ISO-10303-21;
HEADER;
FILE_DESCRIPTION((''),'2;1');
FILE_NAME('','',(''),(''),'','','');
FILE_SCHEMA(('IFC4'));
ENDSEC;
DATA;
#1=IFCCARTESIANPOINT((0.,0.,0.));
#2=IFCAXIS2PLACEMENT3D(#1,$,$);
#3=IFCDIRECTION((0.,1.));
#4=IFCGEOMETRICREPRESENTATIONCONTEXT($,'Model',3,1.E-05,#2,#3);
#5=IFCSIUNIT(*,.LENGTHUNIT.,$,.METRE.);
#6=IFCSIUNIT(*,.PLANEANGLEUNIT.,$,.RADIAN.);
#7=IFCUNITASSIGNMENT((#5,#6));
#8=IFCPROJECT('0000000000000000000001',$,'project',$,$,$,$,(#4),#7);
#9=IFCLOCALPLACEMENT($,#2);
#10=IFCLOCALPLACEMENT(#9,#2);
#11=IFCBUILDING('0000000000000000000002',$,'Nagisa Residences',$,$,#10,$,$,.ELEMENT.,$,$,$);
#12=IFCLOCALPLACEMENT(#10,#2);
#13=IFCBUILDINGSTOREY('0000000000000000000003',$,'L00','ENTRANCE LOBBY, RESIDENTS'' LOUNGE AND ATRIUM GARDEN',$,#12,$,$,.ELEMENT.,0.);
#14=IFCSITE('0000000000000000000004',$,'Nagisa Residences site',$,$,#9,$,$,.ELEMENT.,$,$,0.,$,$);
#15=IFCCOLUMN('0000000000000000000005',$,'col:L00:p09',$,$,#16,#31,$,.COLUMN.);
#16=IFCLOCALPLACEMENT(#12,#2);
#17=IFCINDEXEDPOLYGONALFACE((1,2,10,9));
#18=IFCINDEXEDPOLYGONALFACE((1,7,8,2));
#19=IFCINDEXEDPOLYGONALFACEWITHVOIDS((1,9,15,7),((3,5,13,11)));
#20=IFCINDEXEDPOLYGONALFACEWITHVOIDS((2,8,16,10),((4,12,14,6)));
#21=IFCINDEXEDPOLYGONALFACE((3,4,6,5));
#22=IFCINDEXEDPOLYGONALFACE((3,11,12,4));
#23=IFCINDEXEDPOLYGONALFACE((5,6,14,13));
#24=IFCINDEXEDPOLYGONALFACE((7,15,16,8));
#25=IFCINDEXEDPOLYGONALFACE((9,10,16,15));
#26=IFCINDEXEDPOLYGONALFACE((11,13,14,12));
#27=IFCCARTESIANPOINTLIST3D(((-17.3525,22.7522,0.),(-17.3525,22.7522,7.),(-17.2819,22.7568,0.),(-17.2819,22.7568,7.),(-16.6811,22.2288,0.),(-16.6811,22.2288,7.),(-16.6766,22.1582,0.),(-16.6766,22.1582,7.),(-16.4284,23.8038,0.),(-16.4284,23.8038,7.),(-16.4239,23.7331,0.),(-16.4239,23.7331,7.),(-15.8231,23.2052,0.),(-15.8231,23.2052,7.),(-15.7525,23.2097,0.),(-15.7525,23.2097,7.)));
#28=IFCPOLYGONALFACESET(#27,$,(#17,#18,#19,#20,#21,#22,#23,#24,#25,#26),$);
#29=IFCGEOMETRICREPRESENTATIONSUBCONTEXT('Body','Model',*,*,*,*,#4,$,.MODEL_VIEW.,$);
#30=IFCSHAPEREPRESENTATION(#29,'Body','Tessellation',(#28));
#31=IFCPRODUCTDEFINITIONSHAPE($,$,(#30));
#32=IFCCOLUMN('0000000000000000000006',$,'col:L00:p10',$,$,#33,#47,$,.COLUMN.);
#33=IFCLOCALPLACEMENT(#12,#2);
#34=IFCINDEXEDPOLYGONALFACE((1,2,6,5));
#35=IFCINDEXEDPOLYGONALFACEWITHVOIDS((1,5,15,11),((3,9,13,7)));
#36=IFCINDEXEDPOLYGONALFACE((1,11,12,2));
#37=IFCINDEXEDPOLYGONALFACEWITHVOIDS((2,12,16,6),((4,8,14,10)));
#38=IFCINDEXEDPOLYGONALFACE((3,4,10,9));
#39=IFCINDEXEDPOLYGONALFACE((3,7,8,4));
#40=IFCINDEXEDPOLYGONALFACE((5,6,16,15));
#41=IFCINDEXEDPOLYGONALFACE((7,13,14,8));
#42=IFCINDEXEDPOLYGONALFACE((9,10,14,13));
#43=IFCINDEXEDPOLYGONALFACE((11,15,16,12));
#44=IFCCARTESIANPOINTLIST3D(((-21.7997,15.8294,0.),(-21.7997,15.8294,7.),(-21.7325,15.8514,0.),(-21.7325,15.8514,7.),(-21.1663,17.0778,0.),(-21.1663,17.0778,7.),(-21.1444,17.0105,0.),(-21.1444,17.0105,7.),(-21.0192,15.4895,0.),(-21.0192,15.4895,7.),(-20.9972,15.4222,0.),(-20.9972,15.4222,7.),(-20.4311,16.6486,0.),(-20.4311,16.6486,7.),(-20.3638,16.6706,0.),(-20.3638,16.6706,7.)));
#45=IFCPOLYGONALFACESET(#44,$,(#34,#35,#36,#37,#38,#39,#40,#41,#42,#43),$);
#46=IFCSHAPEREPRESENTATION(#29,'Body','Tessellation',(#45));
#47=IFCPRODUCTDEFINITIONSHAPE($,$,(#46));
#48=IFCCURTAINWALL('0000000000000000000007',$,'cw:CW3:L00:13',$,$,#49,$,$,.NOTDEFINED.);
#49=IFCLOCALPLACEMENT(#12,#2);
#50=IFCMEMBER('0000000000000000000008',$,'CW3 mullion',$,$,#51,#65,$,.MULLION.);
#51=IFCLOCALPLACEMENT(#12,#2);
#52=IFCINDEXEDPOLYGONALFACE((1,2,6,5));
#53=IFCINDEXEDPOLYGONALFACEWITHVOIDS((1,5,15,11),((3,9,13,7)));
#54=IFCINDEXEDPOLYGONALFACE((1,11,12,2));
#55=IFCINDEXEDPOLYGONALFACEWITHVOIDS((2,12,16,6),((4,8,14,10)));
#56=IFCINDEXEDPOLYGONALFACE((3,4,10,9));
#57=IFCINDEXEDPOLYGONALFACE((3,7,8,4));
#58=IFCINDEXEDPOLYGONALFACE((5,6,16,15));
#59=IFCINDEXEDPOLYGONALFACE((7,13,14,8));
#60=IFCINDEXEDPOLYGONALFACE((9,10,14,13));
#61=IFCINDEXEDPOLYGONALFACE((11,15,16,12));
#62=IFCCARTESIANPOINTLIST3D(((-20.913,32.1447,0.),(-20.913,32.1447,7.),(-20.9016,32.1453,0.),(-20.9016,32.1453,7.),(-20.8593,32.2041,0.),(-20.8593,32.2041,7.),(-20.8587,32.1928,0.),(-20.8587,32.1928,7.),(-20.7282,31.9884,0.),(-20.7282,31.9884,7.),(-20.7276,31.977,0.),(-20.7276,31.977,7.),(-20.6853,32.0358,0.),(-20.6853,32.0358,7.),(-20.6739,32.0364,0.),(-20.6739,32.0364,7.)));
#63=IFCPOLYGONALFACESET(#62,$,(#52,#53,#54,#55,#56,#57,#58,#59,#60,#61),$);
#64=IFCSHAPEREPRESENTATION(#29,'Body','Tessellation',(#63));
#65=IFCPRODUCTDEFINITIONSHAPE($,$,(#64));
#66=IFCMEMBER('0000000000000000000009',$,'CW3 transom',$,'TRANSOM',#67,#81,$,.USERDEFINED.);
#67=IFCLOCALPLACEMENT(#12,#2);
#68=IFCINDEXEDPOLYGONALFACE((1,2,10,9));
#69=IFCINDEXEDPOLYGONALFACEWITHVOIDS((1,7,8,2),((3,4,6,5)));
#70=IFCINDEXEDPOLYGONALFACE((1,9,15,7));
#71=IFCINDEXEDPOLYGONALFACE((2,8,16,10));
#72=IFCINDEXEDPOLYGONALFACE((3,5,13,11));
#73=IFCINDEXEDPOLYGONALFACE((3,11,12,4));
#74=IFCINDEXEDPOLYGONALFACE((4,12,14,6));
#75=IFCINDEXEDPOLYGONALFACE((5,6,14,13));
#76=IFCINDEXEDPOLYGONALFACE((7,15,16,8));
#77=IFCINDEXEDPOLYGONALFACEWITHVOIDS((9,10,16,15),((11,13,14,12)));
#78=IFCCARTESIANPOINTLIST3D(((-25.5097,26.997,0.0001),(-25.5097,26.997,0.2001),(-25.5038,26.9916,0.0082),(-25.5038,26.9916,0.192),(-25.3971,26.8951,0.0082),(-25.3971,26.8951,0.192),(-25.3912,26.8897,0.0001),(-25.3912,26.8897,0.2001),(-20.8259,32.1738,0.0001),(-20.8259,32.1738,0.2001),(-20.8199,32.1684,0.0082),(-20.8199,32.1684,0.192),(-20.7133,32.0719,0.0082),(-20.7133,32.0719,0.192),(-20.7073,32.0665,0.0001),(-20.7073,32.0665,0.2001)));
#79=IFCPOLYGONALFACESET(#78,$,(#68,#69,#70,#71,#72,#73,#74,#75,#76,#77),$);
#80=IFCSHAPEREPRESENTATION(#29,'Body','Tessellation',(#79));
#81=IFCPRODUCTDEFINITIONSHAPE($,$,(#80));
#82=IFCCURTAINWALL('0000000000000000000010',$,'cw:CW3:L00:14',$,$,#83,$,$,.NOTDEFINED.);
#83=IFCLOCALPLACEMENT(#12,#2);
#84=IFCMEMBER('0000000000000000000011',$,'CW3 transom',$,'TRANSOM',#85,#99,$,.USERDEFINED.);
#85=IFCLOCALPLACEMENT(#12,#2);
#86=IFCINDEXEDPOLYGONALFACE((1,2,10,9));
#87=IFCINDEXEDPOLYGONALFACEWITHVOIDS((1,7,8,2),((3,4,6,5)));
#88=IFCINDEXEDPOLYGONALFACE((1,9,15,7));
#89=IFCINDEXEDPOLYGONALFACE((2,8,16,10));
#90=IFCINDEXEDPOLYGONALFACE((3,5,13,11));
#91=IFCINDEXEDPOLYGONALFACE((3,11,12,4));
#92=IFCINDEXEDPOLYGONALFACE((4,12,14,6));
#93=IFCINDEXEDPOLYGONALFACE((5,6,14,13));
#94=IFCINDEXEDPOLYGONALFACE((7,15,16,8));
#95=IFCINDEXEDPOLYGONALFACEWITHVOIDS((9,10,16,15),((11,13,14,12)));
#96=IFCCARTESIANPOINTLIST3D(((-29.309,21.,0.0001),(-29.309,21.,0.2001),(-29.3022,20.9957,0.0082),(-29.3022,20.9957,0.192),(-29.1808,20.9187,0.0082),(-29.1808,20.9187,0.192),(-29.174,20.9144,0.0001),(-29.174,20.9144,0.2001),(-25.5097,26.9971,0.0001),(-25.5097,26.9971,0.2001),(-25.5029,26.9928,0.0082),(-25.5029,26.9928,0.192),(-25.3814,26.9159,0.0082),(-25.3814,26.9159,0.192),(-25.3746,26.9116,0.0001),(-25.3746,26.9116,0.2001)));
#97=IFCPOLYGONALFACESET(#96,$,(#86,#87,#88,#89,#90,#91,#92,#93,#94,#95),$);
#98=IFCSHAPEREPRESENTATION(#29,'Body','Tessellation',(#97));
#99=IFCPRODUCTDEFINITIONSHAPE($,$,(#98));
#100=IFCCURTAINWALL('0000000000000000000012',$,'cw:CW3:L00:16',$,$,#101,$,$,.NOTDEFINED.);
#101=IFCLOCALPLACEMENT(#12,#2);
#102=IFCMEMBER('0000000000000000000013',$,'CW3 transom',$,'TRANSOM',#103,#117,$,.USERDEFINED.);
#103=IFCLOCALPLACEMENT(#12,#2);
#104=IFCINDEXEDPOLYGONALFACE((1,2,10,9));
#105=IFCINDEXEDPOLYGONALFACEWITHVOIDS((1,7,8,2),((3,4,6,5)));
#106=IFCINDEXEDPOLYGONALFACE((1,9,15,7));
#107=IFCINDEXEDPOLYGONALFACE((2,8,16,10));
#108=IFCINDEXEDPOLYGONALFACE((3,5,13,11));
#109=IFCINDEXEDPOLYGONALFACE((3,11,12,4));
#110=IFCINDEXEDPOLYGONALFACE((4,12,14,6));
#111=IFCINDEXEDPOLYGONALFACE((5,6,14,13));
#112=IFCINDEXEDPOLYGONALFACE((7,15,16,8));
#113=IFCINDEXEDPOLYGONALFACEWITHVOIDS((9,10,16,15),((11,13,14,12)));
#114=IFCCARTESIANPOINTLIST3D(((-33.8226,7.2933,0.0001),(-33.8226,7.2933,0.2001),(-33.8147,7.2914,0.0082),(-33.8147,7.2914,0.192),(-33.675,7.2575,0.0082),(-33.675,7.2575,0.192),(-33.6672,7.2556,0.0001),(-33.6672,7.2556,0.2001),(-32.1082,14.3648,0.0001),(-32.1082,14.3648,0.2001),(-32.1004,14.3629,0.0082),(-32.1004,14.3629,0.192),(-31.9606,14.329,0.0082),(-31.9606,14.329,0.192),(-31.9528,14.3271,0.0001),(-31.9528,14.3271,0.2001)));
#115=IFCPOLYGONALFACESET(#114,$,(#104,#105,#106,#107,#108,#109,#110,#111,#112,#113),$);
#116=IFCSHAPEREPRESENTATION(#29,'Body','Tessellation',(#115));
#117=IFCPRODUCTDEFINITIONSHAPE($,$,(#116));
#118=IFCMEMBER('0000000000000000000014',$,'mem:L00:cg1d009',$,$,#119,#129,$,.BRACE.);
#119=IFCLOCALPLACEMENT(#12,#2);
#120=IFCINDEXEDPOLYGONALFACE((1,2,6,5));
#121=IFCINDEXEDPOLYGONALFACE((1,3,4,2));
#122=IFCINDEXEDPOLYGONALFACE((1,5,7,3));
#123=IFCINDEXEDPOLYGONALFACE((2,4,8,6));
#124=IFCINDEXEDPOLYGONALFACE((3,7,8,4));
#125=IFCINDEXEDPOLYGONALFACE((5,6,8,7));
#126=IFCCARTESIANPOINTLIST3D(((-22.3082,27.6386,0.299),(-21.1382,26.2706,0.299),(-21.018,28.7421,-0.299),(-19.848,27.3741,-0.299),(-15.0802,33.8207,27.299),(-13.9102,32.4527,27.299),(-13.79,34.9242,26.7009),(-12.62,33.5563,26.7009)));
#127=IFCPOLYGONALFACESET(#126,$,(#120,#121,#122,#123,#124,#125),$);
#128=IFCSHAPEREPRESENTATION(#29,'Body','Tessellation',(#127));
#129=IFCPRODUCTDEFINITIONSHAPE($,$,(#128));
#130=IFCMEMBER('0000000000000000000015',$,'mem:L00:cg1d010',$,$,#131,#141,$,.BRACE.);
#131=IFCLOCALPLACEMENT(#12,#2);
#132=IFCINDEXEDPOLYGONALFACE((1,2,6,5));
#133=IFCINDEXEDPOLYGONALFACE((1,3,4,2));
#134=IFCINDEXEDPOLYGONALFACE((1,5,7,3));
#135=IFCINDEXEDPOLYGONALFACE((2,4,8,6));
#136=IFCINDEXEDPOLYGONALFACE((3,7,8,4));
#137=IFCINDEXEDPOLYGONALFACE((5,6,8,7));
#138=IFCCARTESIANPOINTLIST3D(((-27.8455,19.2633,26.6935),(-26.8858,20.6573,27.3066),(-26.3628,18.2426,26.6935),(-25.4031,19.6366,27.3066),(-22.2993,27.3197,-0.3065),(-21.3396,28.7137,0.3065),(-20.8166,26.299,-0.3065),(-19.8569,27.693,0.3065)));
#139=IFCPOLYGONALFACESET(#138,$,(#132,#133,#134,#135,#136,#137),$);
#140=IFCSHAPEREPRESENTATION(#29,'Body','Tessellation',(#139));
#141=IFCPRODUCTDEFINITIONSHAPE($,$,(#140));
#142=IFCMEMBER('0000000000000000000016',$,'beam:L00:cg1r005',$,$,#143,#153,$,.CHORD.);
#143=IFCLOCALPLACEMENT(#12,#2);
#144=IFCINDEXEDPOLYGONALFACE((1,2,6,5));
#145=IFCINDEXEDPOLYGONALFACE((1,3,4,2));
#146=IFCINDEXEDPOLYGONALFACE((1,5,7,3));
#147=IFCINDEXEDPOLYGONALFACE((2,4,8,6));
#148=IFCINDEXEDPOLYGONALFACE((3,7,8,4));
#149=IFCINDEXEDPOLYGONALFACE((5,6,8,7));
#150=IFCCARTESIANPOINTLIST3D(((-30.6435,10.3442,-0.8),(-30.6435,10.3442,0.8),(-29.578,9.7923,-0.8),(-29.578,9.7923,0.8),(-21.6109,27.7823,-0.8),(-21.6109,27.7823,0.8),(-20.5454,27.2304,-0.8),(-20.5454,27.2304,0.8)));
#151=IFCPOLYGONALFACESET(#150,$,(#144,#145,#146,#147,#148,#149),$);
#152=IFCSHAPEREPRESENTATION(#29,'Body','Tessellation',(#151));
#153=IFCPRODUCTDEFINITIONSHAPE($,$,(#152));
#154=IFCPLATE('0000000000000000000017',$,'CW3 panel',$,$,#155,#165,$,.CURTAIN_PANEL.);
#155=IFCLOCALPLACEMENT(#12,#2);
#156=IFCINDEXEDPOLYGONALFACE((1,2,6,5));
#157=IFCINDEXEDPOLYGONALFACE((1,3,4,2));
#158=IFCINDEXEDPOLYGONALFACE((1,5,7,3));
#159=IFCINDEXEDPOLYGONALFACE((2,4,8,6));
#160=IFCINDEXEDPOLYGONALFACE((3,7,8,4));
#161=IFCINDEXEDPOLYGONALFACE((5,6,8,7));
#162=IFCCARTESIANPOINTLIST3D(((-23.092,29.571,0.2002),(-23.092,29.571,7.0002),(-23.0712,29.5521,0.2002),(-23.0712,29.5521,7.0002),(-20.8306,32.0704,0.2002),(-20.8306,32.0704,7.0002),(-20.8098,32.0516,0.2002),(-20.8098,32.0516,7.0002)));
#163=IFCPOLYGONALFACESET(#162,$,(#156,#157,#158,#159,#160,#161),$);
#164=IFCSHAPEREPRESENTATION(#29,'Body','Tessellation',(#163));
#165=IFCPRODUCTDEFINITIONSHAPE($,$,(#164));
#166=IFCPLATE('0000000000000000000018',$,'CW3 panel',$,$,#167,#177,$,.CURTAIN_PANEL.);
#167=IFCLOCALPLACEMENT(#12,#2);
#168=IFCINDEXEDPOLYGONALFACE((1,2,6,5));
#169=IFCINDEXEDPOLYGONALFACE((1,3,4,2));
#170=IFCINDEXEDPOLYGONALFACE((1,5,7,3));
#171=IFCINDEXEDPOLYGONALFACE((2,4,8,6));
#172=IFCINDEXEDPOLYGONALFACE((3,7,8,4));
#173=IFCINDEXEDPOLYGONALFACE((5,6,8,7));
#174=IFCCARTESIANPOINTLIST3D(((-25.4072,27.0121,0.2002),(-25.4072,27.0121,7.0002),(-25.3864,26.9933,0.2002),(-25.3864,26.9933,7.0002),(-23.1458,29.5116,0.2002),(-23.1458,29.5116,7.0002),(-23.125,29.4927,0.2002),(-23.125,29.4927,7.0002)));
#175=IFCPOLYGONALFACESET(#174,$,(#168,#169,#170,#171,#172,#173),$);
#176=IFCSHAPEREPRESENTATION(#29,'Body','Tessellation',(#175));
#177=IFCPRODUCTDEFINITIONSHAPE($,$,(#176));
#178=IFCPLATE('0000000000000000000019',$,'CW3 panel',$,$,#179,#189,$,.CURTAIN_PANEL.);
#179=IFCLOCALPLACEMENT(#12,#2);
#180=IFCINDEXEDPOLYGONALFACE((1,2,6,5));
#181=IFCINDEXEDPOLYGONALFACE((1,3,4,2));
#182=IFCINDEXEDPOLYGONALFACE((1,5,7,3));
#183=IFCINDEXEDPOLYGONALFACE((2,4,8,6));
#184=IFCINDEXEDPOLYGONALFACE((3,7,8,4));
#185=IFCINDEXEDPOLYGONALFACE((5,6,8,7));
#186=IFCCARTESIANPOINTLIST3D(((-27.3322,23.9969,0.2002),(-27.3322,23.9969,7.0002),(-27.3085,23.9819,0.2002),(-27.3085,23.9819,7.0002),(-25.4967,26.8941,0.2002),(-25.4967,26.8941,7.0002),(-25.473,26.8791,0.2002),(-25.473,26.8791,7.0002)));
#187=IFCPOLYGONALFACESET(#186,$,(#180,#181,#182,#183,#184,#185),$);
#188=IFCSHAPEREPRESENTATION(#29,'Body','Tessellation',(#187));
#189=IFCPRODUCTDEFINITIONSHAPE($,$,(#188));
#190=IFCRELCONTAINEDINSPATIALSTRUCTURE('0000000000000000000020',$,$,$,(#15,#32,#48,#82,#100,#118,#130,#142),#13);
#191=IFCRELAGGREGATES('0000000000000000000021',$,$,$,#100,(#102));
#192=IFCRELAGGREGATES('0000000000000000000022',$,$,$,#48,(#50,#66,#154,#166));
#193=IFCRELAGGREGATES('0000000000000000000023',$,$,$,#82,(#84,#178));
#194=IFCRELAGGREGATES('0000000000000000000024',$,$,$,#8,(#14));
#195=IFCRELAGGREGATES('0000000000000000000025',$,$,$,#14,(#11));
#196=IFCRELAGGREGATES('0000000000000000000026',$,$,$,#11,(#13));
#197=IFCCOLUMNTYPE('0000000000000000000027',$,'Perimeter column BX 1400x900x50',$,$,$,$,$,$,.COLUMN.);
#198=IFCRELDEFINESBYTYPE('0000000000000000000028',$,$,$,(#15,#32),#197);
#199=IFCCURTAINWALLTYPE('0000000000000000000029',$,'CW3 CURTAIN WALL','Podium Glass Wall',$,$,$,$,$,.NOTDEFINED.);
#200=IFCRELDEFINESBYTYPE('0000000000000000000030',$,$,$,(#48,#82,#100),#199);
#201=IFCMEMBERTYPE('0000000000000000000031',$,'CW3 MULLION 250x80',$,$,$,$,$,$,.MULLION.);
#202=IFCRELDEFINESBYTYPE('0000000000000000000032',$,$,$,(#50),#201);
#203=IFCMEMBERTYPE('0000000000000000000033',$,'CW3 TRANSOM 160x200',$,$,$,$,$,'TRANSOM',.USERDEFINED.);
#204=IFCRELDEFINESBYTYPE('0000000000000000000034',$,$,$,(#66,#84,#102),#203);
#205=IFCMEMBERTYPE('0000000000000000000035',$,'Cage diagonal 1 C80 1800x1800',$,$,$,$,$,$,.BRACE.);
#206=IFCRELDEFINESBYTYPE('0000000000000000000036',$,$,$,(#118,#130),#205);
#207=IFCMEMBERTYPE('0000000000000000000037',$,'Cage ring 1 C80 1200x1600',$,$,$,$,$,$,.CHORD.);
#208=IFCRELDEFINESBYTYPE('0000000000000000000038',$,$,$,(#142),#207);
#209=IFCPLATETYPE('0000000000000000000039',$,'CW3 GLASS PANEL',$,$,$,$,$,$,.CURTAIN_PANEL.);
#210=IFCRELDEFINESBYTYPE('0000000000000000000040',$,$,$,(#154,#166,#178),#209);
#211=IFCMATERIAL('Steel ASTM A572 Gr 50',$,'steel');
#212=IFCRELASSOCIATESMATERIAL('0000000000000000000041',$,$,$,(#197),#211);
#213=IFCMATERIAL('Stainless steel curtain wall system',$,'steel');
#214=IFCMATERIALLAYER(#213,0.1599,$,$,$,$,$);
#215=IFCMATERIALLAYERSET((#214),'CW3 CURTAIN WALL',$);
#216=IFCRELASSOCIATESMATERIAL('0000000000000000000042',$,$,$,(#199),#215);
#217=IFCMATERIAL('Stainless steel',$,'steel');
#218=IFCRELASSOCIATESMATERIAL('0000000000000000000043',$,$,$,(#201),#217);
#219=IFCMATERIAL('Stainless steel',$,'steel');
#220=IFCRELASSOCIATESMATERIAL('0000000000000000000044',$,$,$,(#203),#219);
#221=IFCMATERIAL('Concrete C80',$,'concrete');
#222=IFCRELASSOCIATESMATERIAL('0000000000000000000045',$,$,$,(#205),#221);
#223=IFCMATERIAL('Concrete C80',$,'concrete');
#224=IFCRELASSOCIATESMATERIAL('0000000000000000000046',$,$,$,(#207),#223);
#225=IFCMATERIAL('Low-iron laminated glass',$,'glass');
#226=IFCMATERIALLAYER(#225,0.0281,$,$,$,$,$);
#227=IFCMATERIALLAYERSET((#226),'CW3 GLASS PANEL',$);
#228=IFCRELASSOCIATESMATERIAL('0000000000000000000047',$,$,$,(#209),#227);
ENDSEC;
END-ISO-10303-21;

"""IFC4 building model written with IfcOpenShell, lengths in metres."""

from ifc_helpers import new_model, si_unit, direction, frame, origin, origin_2d, place, context, subcontext, project, spatial, rectangle, hollow_rectangle, extrude, material, layer, layer_set, material_profile, profile_set, type_object, element, aggregate, save


model = new_model("IFC4")

# Units and contexts
model_context = context("Model", 3, precision=1e-05, world=origin(), true_north=direction((0.0, 1.0)))
body_context = subcontext(model_context, "Body", "Model", "MODEL_VIEW")
ifc_project = project(units=[si_unit("LENGTHUNIT", "METRE"), si_unit("PLANEANGLEUNIT", "RADIAN")], contexts=[model_context])

# Site, building, storey
site_placement = place(None, origin())
site = spatial("IfcSite", under=ifc_project, at=site_placement, Name="Nagisa Residences site", CompositionType="ELEMENT", RefElevation=0.0)
building_placement = place(site_placement, origin())
building = spatial("IfcBuilding", under=site, at=building_placement, Name="Nagisa Residences", CompositionType="ELEMENT")
storey_placement = place(building_placement, origin())
storey = spatial("IfcBuildingStorey", under=building, at=storey_placement, Name="L00", Description="ENTRANCE LOBBY, RESIDENTS' LOUNGE AND ATRIUM GARDEN", CompositionType="ELEMENT", Elevation=0.0)

# Columns
ifc_material_1 = material(Name="Steel ASTM A572 Gr 50", Category="steel")
ifc_material_profile_1 = material_profile(ifc_material_1, hollow_rectangle(XDim=1.3999, YDim=0.8999, WallThickness=0.05, at=origin_2d()), Name="BX 1400x900x50")
ifc_profile_set_1 = profile_set([ifc_material_profile_1], Name="Steel ASTM A572 Gr 50")
column_type = type_object("IfcColumnType", Name="Perimeter column BX 1400x900x50", PredefinedType="COLUMN", material=ifc_profile_set_1)
for number, where, z_axis, x_axis, name in (
    (1, (-16.5525, 22.981, 0.0), (0.0, 0.0, 1.0), (-0.660115, -0.751165, 0.0), "col:L00:p09"),
    (2, (-21.0818, 16.25, 0.0), (0.0, 0.0, 1.0), (-0.452463, -0.891783, 0.0), "col:L00:p10"),
):
    element("IfcColumn", number, at=place(storey_placement, frame(where, z_axis=z_axis, x_axis=x_axis)), inside=storey, type_object=column_type, Name=name, PredefinedType="COLUMN", context=body_context, shape_type="SweptSolid", body=[
        extrude(hollow_rectangle(XDim=1.3999, YDim=0.8999, WallThickness=0.05, at=origin_2d()), origin(), (0.0, 0.0, 1.0), 7.0),
    ])

# Curtain wall, members
ifc_material_2 = material(Name="Stainless steel curtain wall system", Category="steel")
ifc_layer_1 = layer(ifc_material_2, 0.1599)
ifc_layer_set_1 = layer_set([ifc_layer_1], Name="CW3 CURTAIN WALL")
curtain_wall_type = type_object("IfcCurtainWallType", Name="CW3 CURTAIN WALL", Description="Podium Glass Wall", PredefinedType="NOTDEFINED", material=ifc_layer_set_1)
curtain_wall_1_placement = place(storey_placement, origin())
curtain_wall_1 = element("IfcCurtainWall", 3, at=curtain_wall_1_placement, inside=storey, type_object=curtain_wall_type, Name="cw:CW3:L00:13", PredefinedType="NOTDEFINED")
ifc_material_3 = material(Name="Stainless steel", Category="steel")
ifc_material_profile_2 = material_profile(ifc_material_3, hollow_rectangle(XDim=0.25, YDim=0.0801, WallThickness=0.0081, at=origin_2d()), Name="CW3 MULLION 250x80")
ifc_profile_set_2 = profile_set([ifc_material_profile_2], Name="Stainless steel")
member_type_1 = type_object("IfcMemberType", Name="CW3 MULLION 250x80", PredefinedType="MULLION", material=ifc_profile_set_2)
member_1_placement = place(storey_placement, frame((-20.7935, 32.0906, 0.0), z_axis=(0.0, 0.0, 1.0), x_axis=(0.741536, -0.670913, 0.0)))
member_1 = element("IfcMember", 4, at=member_1_placement, type_object=member_type_1, Name="CW3 mullion", PredefinedType="MULLION", context=body_context, shape_type="SweptSolid", body=[
    extrude(hollow_rectangle(XDim=0.25, YDim=0.0801, WallThickness=0.0081, at=origin_2d()), origin(), (0.0, 0.0, 1.0), 7.0),
])
ifc_material_4 = material(Name="Stainless steel", Category="steel")
ifc_material_profile_3 = material_profile(ifc_material_4, hollow_rectangle(XDim=0.1599, YDim=0.2, WallThickness=0.0081, at=origin_2d()), Name="CW3 TRANSOM 160x200")
ifc_profile_set_3 = profile_set([ifc_material_profile_3], Name="Stainless steel")
member_type_2 = type_object("IfcMemberType", Name="CW3 TRANSOM 160x200", ElementType="TRANSOM", PredefinedType="USERDEFINED", material=ifc_profile_set_3)
member_2_placement = place(storey_placement, frame((-20.7666, 32.1201, 0.1001), z_axis=(-0.670922, -0.741528, 0.0), x_axis=(0.741528, -0.670922, 0.0)))
member_2 = element("IfcMember", 5, at=member_2_placement, type_object=member_type_2, Name="CW3 transom", ObjectType="TRANSOM", PredefinedType="USERDEFINED", context=body_context, shape_type="SweptSolid", body=[
    extrude(hollow_rectangle(XDim=0.1599, YDim=0.2, WallThickness=0.0081, at=origin_2d()), origin(), (0.0, 0.0, 1.0), 6.9812),
])

# Curtain walls, members
curtain_wall_2_placement = place(storey_placement, origin())
curtain_wall_2 = element("IfcCurtainWall", 6, at=curtain_wall_2_placement, inside=storey, type_object=curtain_wall_type, Name="cw:CW3:L00:14", PredefinedType="NOTDEFINED")
member_3_placement = place(storey_placement, frame((-25.4421, 26.9543, 0.1001), z_axis=(-0.53517, -0.844744, 0.0), x_axis=(0.844744, -0.53517, 0.0)))
member_3 = element("IfcMember", 7, at=member_3_placement, type_object=member_type_2, Name="CW3 transom", ObjectType="TRANSOM", PredefinedType="USERDEFINED", context=body_context, shape_type="SweptSolid", body=[
    extrude(hollow_rectangle(XDim=0.1599, YDim=0.2, WallThickness=0.0081, at=origin_2d()), origin(), (0.0, 0.0, 1.0), 7.0994),
])
curtain_wall_3_placement = place(storey_placement, origin())
curtain_wall_3 = element("IfcCurtainWall", 8, at=curtain_wall_3_placement, inside=storey, type_object=curtain_wall_type, Name="cw:CW3:L00:16", PredefinedType="NOTDEFINED")
member_4_placement = place(storey_placement, frame((-32.0305, 14.3459, 0.1001), z_axis=(-0.235606, -0.971849, 0.0), x_axis=(0.971849, -0.235606, 0.0)))
member_4 = element("IfcMember", 9, at=member_4_placement, type_object=member_type_2, Name="CW3 transom", ObjectType="TRANSOM", PredefinedType="USERDEFINED", context=body_context, shape_type="SweptSolid", body=[
    extrude(hollow_rectangle(XDim=0.1599, YDim=0.2, WallThickness=0.0081, at=origin_2d()), origin(), (0.0, 0.0, 1.0), 7.2764),
])
aggregate(curtain_wall_3, [member_4])

# Members
ifc_material_5 = material(Name="Concrete C80", Category="concrete")
ifc_material_profile_4 = material_profile(ifc_material_5, rectangle(XDim=1.8, YDim=1.8, at=origin_2d()), Name="C80 1800x1800")
ifc_profile_set_4 = profile_set([ifc_material_profile_4], Name="Concrete C80")
member_type_3 = type_object("IfcMemberType", Name="Cage diagonal 1 C80 1800x1800", PredefinedType="BRACE", material=ifc_profile_set_4)
member_5_placement = place(storey_placement, frame((-21.0781, 27.5063, 0.0), z_axis=(0.252496, 0.21596, 0.94319), x_axis=(-0.649983, 0.759948, 0.0)))
element("IfcMember", 10, at=member_5_placement, inside=storey, type_object=member_type_3, Name="mem:L00:cg1d009", PredefinedType="BRACE", context=body_context, shape_type="SweptSolid", body=[
    extrude(rectangle(XDim=1.8, YDim=1.8, at=origin_2d()), origin(), (0.0, 0.0, 1.0), 28.6262),
])
member_6_placement = place(storey_placement, frame((-21.0781, 27.5063, 0.0), z_axis=(-0.193131, -0.280545, 0.94021), x_axis=(0.82369, -0.56704, 0.0)))
element("IfcMember", 11, at=member_6_placement, inside=storey, type_object=member_type_3, Name="mem:L00:cg1d010", PredefinedType="BRACE", context=body_context, shape_type="SweptSolid", body=[
    extrude(rectangle(XDim=1.8, YDim=1.8, at=origin_2d()), origin(), (0.0, 0.0, 1.0), 28.717),
])
ifc_material_6 = material(Name="Concrete C80", Category="concrete")
ifc_material_profile_5 = material_profile(ifc_material_6, rectangle(XDim=1.2, YDim=1.6001, at=origin_2d()), Name="C80 1200x1600")
ifc_profile_set_5 = profile_set([ifc_material_profile_5], Name="Concrete C80")
member_type_4 = type_object("IfcMemberType", Name="Cage ring 1 C80 1200x1600", PredefinedType="CHORD", material=ifc_profile_set_5)
member_7_placement = place(storey_placement, frame((-21.0781, 27.5063, 0.0), z_axis=(-0.459943, -0.887949, 0.0), x_axis=(0.887949, -0.459943, 0.0)))
element("IfcMember", 12, at=member_7_placement, inside=storey, type_object=member_type_4, Name="beam:L00:cg1r005", PredefinedType="CHORD", context=body_context, shape_type="SweptSolid", body=[
    extrude(rectangle(XDim=1.2, YDim=1.6001, at=origin_2d()), origin(), (0.0, 0.0, 1.0), 19.6387),
])

# Plates
ifc_material_7 = material(Name="Low-iron laminated glass", Category="glass")
ifc_layer_2 = layer(ifc_material_7, 0.0281)
ifc_layer_set_2 = layer_set([ifc_layer_2], Name="CW3 GLASS PANEL")
plate_type = type_object("IfcPlateType", Name="CW3 GLASS PANEL", PredefinedType="CURTAIN_PANEL", material=ifc_layer_set_2)
plate_1_placement = place(storey_placement, frame((-21.9509, 30.8113, 0.2002), z_axis=(0.0, 0.0, 1.0), x_axis=(-0.670913, -0.741536, 0.0)))
plate_1 = element("IfcPlate", 13, at=plate_1_placement, type_object=plate_type, Name="CW3 panel", PredefinedType="CURTAIN_PANEL", context=body_context, shape_type="SweptSolid", body=[
    extrude(rectangle(XDim=3.3706, YDim=0.0281, at=origin_2d()), origin(), (0.0, 0.0, 1.0), 6.8),
])
plate_2_placement = place(storey_placement, frame((-24.2661, 28.2524, 0.2002), z_axis=(0.0, 0.0, 1.0), x_axis=(-0.670913, -0.741536, 0.0)))
plate_2 = element("IfcPlate", 14, at=plate_2_placement, type_object=plate_type, Name="CW3 panel", PredefinedType="CURTAIN_PANEL", context=body_context, shape_type="SweptSolid", body=[
    extrude(rectangle(XDim=3.3706, YDim=0.0281, at=origin_2d()), origin(), (0.0, 0.0, 1.0), 6.8),
])
aggregate(curtain_wall_1, [member_1, member_2, plate_1, plate_2])
plate_3_placement = place(storey_placement, frame((-26.4026, 25.438, 0.2002), z_axis=(0.0, 0.0, 1.0), x_axis=(-0.535165, -0.844747, 0.0)))
plate_3 = element("IfcPlate", 15, at=plate_3_placement, type_object=plate_type, Name="CW3 panel", PredefinedType="CURTAIN_PANEL", context=body_context, shape_type="SweptSolid", body=[
    extrude(rectangle(XDim=3.4297, YDim=0.0281, at=origin_2d()), origin(), (0.0, 0.0, 1.0), 6.8),
])
aggregate(curtain_wall_2, [member_3, plate_3])

save(model, "model.ifc")
